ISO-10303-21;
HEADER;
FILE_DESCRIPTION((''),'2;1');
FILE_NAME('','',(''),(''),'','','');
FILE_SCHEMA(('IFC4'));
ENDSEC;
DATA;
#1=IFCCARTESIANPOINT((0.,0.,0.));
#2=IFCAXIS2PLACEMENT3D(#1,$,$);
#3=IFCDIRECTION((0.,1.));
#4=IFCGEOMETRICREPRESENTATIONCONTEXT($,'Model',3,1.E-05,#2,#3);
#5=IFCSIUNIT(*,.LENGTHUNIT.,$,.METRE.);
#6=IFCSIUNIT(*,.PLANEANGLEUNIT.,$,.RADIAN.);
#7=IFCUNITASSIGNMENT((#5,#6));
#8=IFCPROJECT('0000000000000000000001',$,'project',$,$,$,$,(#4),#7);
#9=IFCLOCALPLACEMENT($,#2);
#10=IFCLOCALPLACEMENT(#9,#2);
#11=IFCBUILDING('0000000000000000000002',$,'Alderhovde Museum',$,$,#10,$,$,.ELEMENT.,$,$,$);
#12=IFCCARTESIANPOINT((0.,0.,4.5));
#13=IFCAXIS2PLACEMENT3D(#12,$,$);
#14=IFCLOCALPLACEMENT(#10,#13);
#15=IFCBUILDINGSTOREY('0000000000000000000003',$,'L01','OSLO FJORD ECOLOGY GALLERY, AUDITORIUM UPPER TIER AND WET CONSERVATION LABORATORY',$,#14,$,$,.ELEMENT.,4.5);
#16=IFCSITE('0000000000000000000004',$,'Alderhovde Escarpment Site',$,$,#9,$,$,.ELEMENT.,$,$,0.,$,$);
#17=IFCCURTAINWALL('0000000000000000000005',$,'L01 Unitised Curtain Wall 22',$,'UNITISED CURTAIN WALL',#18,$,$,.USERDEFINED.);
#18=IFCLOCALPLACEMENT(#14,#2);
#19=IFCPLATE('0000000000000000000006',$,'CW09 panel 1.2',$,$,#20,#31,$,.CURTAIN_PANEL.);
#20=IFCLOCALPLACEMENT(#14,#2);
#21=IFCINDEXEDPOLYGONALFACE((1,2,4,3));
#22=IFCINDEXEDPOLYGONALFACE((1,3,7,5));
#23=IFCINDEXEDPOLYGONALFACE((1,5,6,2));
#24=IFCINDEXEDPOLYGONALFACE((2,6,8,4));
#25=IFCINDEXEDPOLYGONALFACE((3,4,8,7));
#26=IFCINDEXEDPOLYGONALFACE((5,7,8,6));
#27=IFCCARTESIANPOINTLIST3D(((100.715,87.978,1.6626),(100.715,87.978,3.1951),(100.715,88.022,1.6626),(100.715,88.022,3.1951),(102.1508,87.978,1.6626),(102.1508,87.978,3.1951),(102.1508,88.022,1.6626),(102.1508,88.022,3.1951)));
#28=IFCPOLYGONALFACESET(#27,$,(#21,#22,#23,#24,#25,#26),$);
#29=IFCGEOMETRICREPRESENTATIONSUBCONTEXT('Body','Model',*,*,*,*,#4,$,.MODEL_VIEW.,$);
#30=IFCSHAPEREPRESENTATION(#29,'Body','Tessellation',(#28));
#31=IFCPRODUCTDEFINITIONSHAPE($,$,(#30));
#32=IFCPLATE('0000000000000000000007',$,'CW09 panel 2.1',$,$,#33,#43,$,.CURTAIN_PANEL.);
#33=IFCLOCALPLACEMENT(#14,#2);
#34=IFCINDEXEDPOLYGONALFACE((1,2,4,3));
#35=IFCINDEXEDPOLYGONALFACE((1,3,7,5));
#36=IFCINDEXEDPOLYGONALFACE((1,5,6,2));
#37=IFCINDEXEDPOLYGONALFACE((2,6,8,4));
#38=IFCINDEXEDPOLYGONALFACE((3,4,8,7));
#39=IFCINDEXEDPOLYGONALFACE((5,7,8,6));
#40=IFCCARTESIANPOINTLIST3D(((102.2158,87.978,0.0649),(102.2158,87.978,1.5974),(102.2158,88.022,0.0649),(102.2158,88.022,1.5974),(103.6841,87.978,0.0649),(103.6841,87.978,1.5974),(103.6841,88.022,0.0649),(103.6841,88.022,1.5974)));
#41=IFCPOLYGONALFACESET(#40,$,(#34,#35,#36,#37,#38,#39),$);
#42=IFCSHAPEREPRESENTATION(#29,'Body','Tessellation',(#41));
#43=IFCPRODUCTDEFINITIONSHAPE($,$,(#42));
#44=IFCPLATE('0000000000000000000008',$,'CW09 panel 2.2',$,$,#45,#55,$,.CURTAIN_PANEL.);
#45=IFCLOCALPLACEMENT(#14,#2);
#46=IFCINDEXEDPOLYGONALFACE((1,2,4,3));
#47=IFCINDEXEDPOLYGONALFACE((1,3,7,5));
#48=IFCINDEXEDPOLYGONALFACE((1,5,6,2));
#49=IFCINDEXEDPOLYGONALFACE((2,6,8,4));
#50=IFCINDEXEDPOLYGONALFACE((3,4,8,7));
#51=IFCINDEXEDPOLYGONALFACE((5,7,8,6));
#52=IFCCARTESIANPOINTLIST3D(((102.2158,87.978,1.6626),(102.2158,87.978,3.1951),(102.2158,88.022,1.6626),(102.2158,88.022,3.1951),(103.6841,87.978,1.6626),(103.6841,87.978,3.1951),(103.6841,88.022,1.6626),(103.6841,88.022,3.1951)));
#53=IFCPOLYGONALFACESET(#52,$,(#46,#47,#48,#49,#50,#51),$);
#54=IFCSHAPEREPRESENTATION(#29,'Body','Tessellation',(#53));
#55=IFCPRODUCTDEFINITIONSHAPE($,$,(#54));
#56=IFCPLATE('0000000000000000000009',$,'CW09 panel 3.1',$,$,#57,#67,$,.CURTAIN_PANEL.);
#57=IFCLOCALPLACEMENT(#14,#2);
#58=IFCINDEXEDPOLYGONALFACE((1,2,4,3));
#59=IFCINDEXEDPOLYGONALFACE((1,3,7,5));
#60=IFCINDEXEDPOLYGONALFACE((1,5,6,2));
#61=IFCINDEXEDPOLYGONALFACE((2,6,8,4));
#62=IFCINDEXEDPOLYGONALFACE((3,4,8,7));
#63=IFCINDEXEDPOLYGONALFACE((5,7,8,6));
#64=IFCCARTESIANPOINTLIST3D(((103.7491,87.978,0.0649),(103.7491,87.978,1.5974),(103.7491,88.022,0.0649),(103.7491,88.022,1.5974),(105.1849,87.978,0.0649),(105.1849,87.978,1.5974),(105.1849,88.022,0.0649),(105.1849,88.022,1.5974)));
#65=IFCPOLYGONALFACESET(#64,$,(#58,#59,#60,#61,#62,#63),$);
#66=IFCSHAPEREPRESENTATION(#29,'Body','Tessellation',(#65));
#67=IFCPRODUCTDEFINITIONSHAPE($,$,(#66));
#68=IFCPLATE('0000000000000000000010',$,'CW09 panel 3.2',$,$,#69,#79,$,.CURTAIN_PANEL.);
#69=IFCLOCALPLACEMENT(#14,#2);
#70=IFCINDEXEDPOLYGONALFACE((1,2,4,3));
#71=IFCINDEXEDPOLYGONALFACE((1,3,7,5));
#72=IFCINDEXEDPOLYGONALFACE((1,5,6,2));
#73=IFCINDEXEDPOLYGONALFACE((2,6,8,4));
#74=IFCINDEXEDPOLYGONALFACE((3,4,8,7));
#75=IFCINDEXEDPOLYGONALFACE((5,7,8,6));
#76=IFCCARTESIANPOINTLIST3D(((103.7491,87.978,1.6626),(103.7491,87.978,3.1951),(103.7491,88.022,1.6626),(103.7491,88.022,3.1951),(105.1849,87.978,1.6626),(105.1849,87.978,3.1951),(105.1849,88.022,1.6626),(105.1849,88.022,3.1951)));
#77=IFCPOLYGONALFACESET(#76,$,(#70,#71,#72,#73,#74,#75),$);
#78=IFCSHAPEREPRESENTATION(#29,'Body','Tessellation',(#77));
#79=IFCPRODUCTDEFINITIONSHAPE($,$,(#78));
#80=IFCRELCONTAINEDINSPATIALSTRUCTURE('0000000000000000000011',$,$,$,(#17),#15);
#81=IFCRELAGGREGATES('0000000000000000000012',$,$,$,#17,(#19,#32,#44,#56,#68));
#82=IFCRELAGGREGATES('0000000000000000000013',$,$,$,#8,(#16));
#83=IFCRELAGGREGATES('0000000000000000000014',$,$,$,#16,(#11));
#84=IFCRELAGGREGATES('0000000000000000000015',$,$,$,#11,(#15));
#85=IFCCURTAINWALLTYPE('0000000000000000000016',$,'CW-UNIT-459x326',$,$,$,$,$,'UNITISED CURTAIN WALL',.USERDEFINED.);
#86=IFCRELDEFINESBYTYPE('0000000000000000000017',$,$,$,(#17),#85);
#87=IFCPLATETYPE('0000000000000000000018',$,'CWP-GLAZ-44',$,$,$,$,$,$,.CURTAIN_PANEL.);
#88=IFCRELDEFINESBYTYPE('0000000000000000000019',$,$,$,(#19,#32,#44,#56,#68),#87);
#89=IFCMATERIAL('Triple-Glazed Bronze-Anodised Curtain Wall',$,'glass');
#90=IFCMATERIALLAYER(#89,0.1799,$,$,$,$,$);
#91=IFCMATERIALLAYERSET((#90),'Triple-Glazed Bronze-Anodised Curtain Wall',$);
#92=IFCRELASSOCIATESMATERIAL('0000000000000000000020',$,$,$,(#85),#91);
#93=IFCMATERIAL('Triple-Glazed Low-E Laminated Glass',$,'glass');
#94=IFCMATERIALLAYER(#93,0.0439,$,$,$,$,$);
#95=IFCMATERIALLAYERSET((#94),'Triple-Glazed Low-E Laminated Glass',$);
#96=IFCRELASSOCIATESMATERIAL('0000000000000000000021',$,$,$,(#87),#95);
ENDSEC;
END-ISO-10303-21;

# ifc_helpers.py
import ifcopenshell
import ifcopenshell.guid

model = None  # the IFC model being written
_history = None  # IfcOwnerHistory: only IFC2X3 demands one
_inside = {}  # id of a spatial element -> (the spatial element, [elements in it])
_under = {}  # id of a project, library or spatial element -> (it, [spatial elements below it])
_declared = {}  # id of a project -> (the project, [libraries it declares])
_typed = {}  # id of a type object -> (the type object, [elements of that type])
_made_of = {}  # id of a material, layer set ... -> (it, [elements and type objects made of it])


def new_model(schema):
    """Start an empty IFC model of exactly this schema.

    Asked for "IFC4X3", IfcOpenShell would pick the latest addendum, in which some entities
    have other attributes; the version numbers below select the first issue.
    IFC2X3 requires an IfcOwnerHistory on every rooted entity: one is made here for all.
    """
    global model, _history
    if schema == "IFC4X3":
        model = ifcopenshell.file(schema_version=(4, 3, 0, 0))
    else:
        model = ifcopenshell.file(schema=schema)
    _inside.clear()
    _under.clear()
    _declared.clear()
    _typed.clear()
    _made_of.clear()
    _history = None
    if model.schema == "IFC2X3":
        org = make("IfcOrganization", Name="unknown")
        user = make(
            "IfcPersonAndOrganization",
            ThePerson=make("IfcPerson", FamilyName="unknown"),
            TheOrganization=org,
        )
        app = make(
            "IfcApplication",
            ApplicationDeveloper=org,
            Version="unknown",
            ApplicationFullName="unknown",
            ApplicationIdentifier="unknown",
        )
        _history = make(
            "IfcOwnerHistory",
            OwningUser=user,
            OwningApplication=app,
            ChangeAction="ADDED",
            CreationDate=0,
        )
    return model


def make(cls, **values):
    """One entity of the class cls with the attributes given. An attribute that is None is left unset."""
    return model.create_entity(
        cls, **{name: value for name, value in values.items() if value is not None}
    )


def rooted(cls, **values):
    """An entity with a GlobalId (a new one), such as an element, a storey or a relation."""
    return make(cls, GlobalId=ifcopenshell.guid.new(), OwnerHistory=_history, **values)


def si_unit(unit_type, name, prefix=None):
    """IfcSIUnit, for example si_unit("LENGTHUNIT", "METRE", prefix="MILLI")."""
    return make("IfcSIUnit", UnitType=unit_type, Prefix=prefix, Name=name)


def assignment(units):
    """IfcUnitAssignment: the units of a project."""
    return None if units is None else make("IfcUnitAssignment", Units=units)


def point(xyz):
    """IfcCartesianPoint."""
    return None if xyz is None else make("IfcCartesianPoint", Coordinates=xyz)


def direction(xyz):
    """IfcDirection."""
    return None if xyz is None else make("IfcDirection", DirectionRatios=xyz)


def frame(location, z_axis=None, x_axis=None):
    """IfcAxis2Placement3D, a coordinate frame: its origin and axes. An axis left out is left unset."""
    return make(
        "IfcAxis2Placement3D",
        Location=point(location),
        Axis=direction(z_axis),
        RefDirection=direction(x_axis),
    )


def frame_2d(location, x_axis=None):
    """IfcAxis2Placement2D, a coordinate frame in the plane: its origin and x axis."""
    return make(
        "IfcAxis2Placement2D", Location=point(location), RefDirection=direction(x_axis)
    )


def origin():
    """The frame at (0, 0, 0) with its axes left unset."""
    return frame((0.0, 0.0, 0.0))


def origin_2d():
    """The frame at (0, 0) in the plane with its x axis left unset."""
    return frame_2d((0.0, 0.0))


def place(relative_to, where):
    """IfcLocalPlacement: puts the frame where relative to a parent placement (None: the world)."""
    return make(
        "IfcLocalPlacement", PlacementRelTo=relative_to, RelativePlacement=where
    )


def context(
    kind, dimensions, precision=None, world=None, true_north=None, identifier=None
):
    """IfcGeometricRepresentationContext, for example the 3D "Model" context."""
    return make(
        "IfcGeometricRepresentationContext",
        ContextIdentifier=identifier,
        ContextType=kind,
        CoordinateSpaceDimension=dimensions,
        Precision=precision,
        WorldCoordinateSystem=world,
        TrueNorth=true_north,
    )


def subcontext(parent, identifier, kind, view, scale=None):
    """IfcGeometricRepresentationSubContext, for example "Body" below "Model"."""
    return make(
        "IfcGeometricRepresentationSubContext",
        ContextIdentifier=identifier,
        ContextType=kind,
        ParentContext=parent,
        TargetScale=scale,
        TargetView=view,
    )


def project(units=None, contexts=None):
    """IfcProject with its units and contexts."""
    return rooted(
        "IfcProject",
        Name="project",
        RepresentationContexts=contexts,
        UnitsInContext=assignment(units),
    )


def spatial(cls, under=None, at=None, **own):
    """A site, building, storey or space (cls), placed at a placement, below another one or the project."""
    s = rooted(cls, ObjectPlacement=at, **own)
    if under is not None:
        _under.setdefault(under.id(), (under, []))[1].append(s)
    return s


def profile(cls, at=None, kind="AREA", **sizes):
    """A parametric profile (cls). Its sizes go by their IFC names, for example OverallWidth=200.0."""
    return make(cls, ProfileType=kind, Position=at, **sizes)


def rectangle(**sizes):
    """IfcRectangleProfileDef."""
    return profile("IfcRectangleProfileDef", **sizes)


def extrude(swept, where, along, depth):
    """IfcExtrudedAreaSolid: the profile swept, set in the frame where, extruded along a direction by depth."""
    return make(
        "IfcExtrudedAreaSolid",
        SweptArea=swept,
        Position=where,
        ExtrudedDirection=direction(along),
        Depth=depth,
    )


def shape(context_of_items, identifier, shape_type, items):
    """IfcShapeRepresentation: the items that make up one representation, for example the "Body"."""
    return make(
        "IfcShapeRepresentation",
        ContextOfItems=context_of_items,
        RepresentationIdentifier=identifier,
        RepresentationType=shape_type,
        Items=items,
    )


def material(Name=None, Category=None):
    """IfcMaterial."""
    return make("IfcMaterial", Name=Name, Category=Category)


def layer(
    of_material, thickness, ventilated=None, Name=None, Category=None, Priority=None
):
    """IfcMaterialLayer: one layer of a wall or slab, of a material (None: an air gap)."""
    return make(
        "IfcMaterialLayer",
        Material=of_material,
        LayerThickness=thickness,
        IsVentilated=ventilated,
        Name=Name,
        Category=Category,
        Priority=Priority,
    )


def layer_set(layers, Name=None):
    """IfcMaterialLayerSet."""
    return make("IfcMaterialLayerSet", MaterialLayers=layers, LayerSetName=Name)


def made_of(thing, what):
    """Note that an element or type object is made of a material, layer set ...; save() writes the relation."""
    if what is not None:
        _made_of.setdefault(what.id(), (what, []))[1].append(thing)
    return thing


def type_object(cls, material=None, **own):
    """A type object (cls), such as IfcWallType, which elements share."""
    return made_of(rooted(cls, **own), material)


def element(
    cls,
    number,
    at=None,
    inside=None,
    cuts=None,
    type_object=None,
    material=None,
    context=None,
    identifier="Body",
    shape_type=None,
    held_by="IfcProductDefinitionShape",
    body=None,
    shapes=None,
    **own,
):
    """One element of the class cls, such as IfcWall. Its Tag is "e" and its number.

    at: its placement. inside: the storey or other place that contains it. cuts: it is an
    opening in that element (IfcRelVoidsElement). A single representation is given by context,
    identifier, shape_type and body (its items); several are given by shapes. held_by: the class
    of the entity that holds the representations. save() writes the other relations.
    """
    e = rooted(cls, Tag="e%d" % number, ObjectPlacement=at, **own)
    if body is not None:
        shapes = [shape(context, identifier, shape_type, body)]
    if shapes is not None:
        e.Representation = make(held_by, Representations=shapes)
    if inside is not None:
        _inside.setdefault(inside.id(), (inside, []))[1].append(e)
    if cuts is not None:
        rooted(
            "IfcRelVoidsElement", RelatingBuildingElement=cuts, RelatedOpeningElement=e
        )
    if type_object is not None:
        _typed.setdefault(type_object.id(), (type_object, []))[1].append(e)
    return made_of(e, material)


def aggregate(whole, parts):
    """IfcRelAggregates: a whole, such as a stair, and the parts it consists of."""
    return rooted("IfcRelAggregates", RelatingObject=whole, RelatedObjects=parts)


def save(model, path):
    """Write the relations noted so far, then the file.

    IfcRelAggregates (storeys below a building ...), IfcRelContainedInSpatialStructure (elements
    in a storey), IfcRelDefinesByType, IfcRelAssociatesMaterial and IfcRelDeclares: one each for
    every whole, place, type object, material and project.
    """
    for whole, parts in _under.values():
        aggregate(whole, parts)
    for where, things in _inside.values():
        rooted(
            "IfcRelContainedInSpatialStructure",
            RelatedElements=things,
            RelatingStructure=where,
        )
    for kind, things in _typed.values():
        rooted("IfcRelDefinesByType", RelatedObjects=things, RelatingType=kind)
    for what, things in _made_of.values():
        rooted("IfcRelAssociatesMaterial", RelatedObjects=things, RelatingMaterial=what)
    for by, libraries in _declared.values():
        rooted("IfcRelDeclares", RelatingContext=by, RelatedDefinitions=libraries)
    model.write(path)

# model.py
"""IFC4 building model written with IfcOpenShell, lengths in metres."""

from ifc_helpers import new_model, si_unit, direction, frame, origin, origin_2d, place, context, subcontext, project, spatial, rectangle, extrude, material, layer, layer_set, type_object, element, aggregate, save


model = new_model("IFC4")

# Units and contexts
model_context = context("Model", 3, precision=1e-05, world=origin(), true_north=direction((0.0, 1.0)))
body_context = subcontext(model_context, "Body", "Model", "MODEL_VIEW")
ifc_project = project(units=[si_unit("LENGTHUNIT", "METRE"), si_unit("PLANEANGLEUNIT", "RADIAN")], contexts=[model_context])

# Site, building, storey
site_placement = place(None, origin())
site = spatial("IfcSite", under=ifc_project, at=site_placement, Name="Alderhovde Escarpment Site", CompositionType="ELEMENT", RefElevation=0.0)
building_placement = place(site_placement, origin())
building = spatial("IfcBuilding", under=site, at=building_placement, Name="Alderhovde Museum", CompositionType="ELEMENT")
storey_placement = place(building_placement, frame((0.0, 0.0, 4.5)))
storey = spatial("IfcBuildingStorey", under=building, at=storey_placement, Name="L01", Description="OSLO FJORD ECOLOGY GALLERY, AUDITORIUM UPPER TIER AND WET CONSERVATION LABORATORY", CompositionType="ELEMENT", Elevation=4.5)

# Curtain wall
ifc_material_1 = material(Name="Triple-Glazed Bronze-Anodised Curtain Wall", Category="glass")
ifc_layer_1 = layer(ifc_material_1, 0.1799)
ifc_layer_set_1 = layer_set([ifc_layer_1], Name="Triple-Glazed Bronze-Anodised Curtain Wall")
curtain_wall_type_1 = type_object("IfcCurtainWallType", Name="CW-UNIT-459x326", ElementType="UNITISED CURTAIN WALL", PredefinedType="USERDEFINED", material=ifc_layer_set_1)
curtain_wall_1_placement = place(storey_placement, origin())
curtain_wall_1 = element("IfcCurtainWall", 1, at=curtain_wall_1_placement, inside=storey, type_object=curtain_wall_type_1, Name="L01 Unitised Curtain Wall 22", ObjectType="UNITISED CURTAIN WALL", PredefinedType="USERDEFINED")

# Plates
ifc_material_2 = material(Name="Triple-Glazed Low-E Laminated Glass", Category="glass")
ifc_layer_2 = layer(ifc_material_2, 0.0439)
ifc_layer_set_2 = layer_set([ifc_layer_2], Name="Triple-Glazed Low-E Laminated Glass")
plate_type_1 = type_object("IfcPlateType", Name="CWP-GLAZ-44", PredefinedType="CURTAIN_PANEL", material=ifc_layer_set_2)
plate_1_placement = place(storey_placement, frame((101.4329, 88.0, 1.6626), z_axis=(0.0, 0.0, 1.0), x_axis=(1.0, 0.0, 0.0)))
plate_1 = element("IfcPlate", 2, at=plate_1_placement, type_object=plate_type_1, Name="CW09 panel 1.2", PredefinedType="CURTAIN_PANEL", context=body_context, shape_type="SweptSolid", body=[
    extrude(rectangle(XDim=1.4358, YDim=0.0439, at=origin_2d()), origin(), (0.0, 0.0, 1.0), 1.5325),
])
plate_2_placement = place(storey_placement, frame((102.95, 88.0, 0.0649), z_axis=(0.0, 0.0, 1.0), x_axis=(1.0, 0.0, 0.0)))
plate_2 = element("IfcPlate", 3, at=plate_2_placement, type_object=plate_type_1, Name="CW09 panel 2.1", PredefinedType="CURTAIN_PANEL", context=body_context, shape_type="SweptSolid", body=[
    extrude(rectangle(XDim=1.4683, YDim=0.0439, at=origin_2d()), origin(), (0.0, 0.0, 1.0), 1.5325),
])
plate_3_placement = place(storey_placement, frame((102.95, 88.0, 1.6626), z_axis=(0.0, 0.0, 1.0), x_axis=(1.0, 0.0, 0.0)))
plate_3 = element("IfcPlate", 4, at=plate_3_placement, type_object=plate_type_1, Name="CW09 panel 2.2", PredefinedType="CURTAIN_PANEL", context=body_context, shape_type="SweptSolid", body=[
    extrude(rectangle(XDim=1.4683, YDim=0.0439, at=origin_2d()), origin(), (0.0, 0.0, 1.0), 1.5325),
])
plate_4_placement = place(storey_placement, frame((104.467, 88.0, 0.0649), z_axis=(0.0, 0.0, 1.0), x_axis=(1.0, 0.0, 0.0)))
plate_4 = element("IfcPlate", 5, at=plate_4_placement, type_object=plate_type_1, Name="CW09 panel 3.1", PredefinedType="CURTAIN_PANEL", context=body_context, shape_type="SweptSolid", body=[
    extrude(rectangle(XDim=1.4358, YDim=0.0439, at=origin_2d()), origin(), (0.0, 0.0, 1.0), 1.5325),
])
plate_5_placement = place(storey_placement, frame((104.467, 88.0, 1.6626), z_axis=(0.0, 0.0, 1.0), x_axis=(1.0, 0.0, 0.0)))
plate_5 = element("IfcPlate", 6, at=plate_5_placement, type_object=plate_type_1, Name="CW09 panel 3.2", PredefinedType="CURTAIN_PANEL", context=body_context, shape_type="SweptSolid", body=[
    extrude(rectangle(XDim=1.4358, YDim=0.0439, at=origin_2d()), origin(), (0.0, 0.0, 1.0), 1.5325),
])
aggregate(curtain_wall_1, [plate_1, plate_2, plate_3, plate_4, plate_5])

save(model, "model.ifc")
